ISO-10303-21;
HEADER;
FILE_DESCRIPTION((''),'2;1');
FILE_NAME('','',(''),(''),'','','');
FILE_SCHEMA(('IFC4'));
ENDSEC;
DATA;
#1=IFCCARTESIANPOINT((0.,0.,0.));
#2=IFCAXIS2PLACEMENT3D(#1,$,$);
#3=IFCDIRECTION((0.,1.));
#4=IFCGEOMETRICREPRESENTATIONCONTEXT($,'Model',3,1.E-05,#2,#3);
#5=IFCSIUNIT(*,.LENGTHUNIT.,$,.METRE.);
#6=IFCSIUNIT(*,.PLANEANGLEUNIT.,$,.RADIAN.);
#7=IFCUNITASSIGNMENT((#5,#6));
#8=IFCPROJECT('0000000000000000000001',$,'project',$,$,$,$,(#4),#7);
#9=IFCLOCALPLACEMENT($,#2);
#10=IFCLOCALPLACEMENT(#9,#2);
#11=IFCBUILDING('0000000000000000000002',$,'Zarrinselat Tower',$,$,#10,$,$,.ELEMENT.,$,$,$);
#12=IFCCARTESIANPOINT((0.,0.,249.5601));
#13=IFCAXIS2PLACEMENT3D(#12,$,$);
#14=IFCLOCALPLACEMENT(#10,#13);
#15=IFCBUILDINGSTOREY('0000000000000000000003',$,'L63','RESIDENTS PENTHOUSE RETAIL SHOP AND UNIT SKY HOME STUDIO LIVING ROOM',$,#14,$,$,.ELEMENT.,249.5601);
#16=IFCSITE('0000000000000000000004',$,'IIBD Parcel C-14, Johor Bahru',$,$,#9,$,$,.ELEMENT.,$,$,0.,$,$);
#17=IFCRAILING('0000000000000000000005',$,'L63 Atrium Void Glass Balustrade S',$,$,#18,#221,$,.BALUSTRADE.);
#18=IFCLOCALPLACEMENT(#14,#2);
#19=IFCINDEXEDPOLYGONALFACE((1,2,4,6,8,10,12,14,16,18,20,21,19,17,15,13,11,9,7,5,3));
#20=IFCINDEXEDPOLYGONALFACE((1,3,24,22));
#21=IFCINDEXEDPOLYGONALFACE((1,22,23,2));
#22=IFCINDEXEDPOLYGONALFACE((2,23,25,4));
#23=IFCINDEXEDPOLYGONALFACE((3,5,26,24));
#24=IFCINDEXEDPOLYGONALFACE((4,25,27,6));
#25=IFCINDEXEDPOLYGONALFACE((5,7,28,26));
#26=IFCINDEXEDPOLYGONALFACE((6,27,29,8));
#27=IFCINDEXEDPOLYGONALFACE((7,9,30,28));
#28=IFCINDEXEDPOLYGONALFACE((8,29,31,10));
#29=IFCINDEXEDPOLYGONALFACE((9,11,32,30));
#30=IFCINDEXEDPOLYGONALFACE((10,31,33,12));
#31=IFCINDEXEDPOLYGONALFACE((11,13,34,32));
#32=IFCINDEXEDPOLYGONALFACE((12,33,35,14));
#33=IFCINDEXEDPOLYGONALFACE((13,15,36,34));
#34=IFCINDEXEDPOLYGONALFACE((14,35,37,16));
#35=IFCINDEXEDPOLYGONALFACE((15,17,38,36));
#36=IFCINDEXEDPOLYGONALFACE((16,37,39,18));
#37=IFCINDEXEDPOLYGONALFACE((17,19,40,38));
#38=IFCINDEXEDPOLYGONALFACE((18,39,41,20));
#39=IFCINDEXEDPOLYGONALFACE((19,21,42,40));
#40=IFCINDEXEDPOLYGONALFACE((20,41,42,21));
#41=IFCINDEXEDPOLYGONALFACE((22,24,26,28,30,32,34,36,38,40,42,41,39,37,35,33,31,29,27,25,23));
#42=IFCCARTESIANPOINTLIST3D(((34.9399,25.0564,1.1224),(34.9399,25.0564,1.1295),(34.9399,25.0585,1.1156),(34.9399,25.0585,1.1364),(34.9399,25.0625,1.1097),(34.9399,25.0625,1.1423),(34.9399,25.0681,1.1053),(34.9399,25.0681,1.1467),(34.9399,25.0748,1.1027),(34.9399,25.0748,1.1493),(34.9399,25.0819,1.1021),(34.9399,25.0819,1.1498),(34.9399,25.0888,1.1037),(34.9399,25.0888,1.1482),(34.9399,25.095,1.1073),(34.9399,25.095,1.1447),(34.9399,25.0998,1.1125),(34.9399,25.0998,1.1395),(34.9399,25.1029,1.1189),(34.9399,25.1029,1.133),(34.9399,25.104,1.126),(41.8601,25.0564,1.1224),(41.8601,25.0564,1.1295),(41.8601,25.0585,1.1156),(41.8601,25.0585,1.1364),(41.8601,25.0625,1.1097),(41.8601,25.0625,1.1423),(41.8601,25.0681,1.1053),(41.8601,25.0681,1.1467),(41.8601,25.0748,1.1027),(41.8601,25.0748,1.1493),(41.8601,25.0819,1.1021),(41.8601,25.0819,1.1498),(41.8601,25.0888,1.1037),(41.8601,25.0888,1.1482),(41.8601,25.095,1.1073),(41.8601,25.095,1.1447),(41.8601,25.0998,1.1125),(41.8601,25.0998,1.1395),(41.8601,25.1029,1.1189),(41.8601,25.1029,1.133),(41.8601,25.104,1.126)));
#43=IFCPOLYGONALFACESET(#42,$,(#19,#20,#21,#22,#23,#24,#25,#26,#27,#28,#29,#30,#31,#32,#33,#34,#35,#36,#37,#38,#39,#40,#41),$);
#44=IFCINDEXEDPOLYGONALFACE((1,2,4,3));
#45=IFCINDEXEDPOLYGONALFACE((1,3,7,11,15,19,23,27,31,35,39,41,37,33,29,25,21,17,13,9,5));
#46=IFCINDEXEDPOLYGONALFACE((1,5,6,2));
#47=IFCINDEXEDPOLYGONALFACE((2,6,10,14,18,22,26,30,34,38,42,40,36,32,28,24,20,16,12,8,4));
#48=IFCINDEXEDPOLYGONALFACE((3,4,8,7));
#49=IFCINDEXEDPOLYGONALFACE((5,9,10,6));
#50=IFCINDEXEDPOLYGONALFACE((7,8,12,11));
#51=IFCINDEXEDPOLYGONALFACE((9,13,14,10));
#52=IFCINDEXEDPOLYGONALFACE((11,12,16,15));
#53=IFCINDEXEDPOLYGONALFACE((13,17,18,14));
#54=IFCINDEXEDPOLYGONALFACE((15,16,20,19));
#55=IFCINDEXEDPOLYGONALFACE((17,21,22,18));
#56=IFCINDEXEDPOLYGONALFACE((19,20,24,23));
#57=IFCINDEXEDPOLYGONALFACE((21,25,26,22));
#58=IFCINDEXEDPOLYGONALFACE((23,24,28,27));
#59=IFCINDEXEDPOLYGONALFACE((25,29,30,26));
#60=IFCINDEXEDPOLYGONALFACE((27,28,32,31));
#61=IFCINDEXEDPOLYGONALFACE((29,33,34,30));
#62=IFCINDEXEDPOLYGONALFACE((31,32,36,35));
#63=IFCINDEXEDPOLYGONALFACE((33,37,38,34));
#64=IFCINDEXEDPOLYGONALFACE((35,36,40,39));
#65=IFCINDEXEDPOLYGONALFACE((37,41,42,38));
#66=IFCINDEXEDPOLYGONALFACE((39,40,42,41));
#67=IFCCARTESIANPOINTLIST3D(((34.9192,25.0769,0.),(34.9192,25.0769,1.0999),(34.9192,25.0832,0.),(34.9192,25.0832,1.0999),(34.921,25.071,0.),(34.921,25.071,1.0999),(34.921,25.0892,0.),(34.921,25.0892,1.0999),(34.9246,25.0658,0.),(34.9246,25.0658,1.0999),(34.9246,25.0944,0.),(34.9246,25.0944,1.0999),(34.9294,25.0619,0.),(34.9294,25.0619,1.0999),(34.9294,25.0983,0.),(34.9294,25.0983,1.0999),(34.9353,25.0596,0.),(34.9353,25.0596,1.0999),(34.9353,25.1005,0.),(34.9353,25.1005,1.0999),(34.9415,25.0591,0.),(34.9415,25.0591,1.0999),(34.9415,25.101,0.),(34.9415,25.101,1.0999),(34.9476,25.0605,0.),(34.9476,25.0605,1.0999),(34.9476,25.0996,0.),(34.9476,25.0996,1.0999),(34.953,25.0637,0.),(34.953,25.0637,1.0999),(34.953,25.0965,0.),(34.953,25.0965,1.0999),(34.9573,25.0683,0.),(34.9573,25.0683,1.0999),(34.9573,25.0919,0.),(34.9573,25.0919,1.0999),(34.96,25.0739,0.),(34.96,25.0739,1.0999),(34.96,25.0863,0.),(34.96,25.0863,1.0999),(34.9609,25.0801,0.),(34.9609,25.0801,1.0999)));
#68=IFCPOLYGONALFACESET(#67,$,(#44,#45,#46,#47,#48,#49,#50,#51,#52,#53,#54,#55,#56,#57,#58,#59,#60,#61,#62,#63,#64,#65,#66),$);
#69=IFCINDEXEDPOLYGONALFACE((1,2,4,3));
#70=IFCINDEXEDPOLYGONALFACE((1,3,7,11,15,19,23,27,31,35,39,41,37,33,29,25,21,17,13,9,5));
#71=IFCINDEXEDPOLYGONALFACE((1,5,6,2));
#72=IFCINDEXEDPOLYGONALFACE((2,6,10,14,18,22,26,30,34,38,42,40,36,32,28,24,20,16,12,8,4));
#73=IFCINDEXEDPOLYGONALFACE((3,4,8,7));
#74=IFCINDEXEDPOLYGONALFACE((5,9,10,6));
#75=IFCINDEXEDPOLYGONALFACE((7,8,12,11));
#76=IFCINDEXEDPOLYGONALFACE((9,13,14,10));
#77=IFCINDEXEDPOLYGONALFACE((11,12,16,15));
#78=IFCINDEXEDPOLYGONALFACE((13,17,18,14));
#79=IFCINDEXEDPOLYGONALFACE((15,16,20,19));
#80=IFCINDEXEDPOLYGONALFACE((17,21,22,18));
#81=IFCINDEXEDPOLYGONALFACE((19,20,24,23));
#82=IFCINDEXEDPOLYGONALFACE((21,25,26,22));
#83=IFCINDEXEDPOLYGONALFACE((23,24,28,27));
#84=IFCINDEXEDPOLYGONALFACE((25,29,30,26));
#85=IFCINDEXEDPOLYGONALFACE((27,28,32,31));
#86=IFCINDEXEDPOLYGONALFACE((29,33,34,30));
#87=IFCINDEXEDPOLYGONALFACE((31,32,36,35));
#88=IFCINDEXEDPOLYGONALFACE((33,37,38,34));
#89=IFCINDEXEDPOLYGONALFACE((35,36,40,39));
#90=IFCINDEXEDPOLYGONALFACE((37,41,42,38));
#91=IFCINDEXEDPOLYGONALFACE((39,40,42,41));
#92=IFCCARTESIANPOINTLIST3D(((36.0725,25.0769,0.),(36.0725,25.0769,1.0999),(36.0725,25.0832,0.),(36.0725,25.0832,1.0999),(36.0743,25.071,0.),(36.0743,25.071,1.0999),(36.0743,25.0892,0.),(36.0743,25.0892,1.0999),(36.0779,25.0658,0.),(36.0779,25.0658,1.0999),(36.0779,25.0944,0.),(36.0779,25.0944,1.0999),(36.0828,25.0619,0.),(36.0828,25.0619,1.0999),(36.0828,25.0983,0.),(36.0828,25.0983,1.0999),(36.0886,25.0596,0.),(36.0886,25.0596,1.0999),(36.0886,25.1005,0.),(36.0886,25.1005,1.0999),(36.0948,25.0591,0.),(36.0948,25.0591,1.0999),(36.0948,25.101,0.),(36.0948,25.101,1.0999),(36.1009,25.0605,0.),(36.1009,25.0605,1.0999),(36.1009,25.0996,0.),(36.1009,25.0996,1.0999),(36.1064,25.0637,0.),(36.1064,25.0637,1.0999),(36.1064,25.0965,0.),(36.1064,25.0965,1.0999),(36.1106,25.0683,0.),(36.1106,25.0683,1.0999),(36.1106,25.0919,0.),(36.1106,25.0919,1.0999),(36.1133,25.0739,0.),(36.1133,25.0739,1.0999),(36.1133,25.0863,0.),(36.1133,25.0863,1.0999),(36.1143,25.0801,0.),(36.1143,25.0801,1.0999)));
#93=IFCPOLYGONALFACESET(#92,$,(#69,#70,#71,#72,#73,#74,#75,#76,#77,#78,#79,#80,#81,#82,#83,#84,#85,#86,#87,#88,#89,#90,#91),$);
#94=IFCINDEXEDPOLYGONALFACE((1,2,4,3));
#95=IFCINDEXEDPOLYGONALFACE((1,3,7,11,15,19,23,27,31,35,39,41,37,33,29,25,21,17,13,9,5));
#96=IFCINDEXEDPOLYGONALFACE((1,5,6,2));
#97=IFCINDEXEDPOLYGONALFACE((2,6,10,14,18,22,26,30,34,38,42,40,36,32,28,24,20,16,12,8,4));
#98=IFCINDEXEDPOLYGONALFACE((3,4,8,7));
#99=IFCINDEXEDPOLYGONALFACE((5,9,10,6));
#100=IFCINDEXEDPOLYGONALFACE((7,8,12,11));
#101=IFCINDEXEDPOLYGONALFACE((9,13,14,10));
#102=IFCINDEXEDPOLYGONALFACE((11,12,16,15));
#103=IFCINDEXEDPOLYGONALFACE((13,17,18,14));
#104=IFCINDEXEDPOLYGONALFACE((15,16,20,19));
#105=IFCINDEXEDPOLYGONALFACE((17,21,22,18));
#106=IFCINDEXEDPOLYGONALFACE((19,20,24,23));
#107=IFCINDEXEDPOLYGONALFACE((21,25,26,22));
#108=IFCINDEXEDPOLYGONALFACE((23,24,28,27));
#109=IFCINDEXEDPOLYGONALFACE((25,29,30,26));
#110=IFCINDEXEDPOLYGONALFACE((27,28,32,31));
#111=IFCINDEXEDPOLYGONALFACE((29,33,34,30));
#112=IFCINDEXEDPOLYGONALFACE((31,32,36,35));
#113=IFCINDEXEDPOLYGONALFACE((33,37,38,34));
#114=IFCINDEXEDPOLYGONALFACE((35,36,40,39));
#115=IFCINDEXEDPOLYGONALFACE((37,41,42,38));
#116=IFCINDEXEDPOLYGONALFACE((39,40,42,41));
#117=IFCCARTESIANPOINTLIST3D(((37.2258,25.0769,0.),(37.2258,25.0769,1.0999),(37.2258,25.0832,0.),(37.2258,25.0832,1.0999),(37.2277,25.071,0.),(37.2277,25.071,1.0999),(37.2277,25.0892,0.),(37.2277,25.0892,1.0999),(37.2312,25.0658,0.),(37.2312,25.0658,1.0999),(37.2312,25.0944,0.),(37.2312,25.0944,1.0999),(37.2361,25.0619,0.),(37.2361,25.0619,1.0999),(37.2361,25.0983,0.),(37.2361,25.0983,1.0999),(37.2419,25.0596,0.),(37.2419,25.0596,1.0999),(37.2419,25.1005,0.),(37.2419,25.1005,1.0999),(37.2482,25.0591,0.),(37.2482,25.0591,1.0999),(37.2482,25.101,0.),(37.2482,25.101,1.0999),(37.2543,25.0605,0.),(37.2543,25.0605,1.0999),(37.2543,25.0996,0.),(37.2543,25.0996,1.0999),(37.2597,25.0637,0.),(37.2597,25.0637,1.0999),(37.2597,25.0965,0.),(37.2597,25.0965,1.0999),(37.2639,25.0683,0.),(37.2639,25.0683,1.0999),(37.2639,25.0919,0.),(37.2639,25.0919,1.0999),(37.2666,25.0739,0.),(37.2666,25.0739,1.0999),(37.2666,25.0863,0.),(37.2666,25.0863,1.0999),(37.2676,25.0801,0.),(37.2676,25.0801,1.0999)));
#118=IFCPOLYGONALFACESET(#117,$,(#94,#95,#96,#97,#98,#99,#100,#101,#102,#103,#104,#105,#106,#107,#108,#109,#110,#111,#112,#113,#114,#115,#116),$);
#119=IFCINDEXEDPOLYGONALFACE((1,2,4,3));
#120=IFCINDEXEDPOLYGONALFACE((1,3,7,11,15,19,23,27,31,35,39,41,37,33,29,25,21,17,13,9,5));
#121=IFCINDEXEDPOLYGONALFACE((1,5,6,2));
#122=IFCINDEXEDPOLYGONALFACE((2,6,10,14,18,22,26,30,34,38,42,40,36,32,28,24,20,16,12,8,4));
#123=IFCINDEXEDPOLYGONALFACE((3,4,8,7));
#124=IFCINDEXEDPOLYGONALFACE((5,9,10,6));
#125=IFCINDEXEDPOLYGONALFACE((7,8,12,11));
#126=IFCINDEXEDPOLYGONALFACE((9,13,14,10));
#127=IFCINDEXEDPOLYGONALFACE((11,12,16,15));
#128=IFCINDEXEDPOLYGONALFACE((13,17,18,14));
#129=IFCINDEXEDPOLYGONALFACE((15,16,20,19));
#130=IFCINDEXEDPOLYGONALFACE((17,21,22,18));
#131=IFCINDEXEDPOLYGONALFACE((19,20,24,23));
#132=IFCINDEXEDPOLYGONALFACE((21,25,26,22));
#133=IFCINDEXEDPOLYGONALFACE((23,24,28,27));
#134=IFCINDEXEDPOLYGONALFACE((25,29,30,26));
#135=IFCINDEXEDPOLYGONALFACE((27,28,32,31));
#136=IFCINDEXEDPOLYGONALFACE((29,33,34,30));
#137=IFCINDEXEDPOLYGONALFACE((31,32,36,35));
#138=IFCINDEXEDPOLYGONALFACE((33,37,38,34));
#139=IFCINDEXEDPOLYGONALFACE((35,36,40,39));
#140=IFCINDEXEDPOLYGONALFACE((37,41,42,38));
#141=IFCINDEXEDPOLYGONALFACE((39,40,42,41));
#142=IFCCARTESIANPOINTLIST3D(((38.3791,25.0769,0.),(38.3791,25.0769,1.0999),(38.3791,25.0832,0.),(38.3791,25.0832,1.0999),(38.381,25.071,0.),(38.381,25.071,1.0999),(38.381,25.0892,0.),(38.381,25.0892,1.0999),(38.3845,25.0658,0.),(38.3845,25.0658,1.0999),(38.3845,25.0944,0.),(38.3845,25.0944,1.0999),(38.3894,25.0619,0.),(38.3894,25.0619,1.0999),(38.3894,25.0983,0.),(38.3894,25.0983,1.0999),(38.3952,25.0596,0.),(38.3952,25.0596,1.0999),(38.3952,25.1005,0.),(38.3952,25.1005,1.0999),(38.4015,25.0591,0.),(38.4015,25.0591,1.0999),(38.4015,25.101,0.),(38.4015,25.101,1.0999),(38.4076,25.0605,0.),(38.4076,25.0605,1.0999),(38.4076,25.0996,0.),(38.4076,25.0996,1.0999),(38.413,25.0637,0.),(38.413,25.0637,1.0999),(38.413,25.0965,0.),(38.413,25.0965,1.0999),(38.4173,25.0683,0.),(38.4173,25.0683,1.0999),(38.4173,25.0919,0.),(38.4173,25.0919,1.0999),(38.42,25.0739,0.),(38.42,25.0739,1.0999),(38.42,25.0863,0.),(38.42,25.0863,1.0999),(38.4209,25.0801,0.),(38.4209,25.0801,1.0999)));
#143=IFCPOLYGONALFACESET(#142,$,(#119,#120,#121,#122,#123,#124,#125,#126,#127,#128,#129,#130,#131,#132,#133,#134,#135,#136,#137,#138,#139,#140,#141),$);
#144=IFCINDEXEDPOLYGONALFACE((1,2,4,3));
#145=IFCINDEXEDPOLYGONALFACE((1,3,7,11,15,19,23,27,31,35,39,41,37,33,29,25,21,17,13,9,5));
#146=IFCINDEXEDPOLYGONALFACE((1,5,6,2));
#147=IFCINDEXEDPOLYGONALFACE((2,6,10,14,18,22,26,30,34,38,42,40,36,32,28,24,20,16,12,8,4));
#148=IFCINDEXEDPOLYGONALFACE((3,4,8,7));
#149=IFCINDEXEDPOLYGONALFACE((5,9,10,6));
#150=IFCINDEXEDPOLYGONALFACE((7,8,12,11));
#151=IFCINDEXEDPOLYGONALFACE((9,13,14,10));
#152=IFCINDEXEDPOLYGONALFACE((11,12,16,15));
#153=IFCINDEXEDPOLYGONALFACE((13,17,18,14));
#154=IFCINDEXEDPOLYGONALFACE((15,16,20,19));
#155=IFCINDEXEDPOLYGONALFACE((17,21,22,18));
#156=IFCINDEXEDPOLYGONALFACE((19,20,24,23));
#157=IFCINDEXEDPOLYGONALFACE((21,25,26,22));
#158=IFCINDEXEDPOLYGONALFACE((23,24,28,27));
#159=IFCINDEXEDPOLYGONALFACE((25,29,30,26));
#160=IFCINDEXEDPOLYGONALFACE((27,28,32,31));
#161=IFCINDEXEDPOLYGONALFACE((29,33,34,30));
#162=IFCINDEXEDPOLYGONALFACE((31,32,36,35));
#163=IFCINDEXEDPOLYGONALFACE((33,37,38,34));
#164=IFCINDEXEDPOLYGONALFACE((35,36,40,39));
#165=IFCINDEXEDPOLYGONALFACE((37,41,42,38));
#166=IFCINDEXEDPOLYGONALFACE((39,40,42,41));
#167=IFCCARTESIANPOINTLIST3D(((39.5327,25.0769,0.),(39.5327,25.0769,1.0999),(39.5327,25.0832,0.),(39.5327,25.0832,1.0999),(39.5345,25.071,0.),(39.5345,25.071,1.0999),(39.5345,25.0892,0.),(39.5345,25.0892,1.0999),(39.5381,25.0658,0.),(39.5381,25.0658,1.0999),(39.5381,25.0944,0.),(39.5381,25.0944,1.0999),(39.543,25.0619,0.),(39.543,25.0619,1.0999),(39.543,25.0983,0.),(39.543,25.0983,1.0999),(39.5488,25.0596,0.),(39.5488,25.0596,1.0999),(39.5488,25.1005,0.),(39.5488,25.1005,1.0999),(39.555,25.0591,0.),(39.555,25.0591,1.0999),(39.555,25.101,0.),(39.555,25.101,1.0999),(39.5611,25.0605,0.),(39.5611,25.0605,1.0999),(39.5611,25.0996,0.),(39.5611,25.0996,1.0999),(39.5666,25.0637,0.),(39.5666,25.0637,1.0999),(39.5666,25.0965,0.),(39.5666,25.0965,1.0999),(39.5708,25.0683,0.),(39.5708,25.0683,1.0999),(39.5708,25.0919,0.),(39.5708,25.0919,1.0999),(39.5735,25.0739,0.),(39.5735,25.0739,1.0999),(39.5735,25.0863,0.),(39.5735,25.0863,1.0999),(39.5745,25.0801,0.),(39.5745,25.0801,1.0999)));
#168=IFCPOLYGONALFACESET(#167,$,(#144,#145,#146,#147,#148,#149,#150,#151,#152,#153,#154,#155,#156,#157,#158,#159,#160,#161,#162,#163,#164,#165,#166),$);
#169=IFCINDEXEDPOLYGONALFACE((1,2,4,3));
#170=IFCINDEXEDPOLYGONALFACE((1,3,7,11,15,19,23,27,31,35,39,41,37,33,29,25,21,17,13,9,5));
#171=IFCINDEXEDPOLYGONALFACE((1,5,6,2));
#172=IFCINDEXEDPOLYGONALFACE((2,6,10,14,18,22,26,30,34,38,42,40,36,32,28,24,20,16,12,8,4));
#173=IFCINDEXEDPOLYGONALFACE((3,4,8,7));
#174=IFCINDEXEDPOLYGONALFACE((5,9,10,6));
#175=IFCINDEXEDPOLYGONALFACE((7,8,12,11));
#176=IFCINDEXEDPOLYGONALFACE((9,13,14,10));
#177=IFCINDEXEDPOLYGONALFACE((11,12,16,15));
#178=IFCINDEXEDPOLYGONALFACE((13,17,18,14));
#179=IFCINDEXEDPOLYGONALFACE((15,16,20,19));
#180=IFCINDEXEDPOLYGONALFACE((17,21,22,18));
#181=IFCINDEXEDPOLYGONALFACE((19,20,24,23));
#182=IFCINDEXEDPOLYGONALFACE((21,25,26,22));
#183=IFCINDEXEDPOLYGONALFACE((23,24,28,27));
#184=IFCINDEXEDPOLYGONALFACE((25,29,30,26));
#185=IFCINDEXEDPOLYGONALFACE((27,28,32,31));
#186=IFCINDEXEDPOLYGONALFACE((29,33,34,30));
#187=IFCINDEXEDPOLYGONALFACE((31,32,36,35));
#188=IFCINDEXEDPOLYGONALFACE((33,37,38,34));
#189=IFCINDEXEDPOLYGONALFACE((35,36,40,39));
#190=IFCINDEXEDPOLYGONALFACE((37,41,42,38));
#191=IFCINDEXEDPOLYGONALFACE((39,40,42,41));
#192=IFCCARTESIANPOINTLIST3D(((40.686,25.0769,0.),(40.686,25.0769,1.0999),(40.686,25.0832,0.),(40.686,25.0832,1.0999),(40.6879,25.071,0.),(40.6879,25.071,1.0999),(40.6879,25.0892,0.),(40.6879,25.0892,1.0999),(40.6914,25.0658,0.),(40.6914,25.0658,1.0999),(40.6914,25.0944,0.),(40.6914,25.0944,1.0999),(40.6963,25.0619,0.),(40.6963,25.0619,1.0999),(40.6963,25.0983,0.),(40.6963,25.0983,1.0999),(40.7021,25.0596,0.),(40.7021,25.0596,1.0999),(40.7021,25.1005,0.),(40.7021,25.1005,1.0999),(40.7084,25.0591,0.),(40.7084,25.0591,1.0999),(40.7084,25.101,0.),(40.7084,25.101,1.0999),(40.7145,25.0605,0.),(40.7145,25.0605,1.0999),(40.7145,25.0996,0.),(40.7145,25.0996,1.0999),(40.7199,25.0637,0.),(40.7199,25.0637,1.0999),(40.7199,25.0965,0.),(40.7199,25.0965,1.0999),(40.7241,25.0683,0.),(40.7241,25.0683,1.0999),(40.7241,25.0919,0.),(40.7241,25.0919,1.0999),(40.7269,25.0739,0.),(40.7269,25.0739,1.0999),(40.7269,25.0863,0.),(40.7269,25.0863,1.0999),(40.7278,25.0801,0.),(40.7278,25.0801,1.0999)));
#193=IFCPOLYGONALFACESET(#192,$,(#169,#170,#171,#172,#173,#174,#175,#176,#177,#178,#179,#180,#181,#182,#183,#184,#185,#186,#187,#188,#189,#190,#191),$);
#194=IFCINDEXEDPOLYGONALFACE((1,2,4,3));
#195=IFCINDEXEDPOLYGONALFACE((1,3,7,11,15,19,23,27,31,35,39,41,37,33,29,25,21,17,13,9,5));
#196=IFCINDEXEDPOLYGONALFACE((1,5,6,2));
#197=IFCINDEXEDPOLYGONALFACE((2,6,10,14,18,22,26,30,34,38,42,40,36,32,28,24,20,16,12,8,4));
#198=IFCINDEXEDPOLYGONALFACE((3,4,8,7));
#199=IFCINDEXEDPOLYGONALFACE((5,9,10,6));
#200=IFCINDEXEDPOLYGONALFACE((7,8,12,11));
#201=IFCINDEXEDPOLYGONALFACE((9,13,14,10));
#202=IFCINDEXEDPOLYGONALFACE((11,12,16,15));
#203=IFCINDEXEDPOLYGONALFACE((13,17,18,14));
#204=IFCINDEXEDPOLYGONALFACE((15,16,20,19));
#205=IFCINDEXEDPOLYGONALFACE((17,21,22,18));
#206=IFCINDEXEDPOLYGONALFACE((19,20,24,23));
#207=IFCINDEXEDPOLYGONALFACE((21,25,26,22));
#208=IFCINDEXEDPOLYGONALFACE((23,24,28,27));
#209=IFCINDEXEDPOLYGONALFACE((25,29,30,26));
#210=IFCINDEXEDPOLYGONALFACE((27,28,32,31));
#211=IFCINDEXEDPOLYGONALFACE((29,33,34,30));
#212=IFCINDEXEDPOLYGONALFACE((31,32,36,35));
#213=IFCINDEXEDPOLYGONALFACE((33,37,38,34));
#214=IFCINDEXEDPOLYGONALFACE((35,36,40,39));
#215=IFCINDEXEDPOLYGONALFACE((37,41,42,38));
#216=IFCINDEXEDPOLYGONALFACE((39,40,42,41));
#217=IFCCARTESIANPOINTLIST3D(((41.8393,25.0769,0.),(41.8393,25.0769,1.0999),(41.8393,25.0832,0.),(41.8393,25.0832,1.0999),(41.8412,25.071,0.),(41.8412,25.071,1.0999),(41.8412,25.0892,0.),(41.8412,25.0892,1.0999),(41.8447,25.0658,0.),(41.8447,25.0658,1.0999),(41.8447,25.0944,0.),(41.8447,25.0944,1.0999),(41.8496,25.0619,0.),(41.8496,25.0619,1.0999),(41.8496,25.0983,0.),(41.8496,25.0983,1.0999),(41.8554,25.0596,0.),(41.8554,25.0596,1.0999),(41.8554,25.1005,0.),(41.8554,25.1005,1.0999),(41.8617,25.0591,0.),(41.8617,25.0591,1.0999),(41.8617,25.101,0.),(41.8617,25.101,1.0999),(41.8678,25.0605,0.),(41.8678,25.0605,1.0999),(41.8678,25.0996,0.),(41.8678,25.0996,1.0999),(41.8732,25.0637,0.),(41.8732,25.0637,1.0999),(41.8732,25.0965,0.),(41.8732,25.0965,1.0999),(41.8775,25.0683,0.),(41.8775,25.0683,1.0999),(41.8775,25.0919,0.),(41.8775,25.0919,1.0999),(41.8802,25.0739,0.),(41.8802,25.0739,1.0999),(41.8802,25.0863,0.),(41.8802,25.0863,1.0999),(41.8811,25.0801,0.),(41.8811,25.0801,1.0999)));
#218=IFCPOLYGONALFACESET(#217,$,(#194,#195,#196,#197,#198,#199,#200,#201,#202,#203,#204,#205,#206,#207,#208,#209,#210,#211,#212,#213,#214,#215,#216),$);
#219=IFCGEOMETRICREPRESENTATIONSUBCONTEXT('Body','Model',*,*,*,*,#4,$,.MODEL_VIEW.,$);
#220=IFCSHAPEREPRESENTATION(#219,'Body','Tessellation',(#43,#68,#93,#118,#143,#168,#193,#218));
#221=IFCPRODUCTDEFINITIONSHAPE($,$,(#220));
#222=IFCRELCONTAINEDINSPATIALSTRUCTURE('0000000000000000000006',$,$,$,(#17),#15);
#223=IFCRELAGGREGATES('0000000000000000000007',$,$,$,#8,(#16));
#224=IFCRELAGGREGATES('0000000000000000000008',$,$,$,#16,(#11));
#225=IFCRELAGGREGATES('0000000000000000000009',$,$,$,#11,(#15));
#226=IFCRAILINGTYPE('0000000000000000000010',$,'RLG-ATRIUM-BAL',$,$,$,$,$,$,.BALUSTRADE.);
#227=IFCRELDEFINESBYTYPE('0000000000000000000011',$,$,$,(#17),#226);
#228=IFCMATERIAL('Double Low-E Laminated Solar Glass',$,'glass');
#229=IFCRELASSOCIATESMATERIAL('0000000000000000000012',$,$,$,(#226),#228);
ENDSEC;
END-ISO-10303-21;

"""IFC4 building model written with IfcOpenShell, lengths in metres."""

from ifc_helpers import new_model, si_unit, direction, frame, origin, origin_2d, place, context, subcontext, project, spatial, circle, extrude, material, type_object, element, save


model = new_model("IFC4")

# Units and contexts
model_context = context("Model", 3, precision=1e-05, world=origin(), true_north=direction((0.0, 1.0)))
body_context = subcontext(model_context, "Body", "Model", "MODEL_VIEW")
ifc_project = project(units=[si_unit("LENGTHUNIT", "METRE"), si_unit("PLANEANGLEUNIT", "RADIAN")], contexts=[model_context])

# Site, building, storey
site_placement = place(None, origin())
site = spatial("IfcSite", under=ifc_project, at=site_placement, Name="IIBD Parcel C-14, Johor Bahru", CompositionType="ELEMENT", RefElevation=0.0)
building_placement = place(site_placement, origin())
building = spatial("IfcBuilding", under=site, at=building_placement, Name="Zarrinselat Tower", CompositionType="ELEMENT")
storey_placement = place(building_placement, frame((0.0, 0.0, 249.5601)))
storey = spatial("IfcBuildingStorey", under=building, at=storey_placement, Name="L63", Description="RESIDENTS PENTHOUSE RETAIL SHOP AND UNIT SKY HOME STUDIO LIVING ROOM", CompositionType="ELEMENT", Elevation=249.5601)

# Railing
ifc_material_1 = material(Name="Double Low-E Laminated Solar Glass", Category="glass")
railing_type = type_object("IfcRailingType", Name="RLG-ATRIUM-BAL", PredefinedType="BALUSTRADE", material=ifc_material_1)
railing_placement = place(storey_placement, frame((34.9399, 25.0801, 0.0)))
element("IfcRailing", 1, at=railing_placement, inside=storey, type_object=railing_type, Name="L63 Atrium Void Glass Balustrade S", PredefinedType="BALUSTRADE", context=body_context, shape_type="SweptSolid", body=[
    extrude(circle(Radius=0.0239, at=origin_2d()), frame((0.0, 0.0, 1.126), z_axis=(1.0, 0.0, 0.0), x_axis=(0.0, 1.0, 0.0)), (0.0, 0.0, 1.0), 6.9202),
    extrude(circle(Radius=0.021, at=origin_2d()), origin(), (0.0, 0.0, 1.0), 1.0999),
    extrude(circle(Radius=0.021, at=origin_2d()), frame((1.1533, 0.0, 0.0)), (0.0, 0.0, 1.0), 1.0999),
    extrude(circle(Radius=0.021, at=origin_2d()), frame((2.3066, 0.0, 0.0)), (0.0, 0.0, 1.0), 1.0999),
    extrude(circle(Radius=0.021, at=origin_2d()), frame((3.46, 0.0, 0.0)), (0.0, 0.0, 1.0), 1.0999),
    extrude(circle(Radius=0.021, at=origin_2d()), frame((4.6135, 0.0, 0.0)), (0.0, 0.0, 1.0), 1.0999),
    extrude(circle(Radius=0.021, at=origin_2d()), frame((5.7668, 0.0, 0.0)), (0.0, 0.0, 1.0), 1.0999),
    extrude(circle(Radius=0.021, at=origin_2d()), frame((6.9202, 0.0, 0.0)), (0.0, 0.0, 1.0), 1.0999),
])

save(model, "model.ifc")
